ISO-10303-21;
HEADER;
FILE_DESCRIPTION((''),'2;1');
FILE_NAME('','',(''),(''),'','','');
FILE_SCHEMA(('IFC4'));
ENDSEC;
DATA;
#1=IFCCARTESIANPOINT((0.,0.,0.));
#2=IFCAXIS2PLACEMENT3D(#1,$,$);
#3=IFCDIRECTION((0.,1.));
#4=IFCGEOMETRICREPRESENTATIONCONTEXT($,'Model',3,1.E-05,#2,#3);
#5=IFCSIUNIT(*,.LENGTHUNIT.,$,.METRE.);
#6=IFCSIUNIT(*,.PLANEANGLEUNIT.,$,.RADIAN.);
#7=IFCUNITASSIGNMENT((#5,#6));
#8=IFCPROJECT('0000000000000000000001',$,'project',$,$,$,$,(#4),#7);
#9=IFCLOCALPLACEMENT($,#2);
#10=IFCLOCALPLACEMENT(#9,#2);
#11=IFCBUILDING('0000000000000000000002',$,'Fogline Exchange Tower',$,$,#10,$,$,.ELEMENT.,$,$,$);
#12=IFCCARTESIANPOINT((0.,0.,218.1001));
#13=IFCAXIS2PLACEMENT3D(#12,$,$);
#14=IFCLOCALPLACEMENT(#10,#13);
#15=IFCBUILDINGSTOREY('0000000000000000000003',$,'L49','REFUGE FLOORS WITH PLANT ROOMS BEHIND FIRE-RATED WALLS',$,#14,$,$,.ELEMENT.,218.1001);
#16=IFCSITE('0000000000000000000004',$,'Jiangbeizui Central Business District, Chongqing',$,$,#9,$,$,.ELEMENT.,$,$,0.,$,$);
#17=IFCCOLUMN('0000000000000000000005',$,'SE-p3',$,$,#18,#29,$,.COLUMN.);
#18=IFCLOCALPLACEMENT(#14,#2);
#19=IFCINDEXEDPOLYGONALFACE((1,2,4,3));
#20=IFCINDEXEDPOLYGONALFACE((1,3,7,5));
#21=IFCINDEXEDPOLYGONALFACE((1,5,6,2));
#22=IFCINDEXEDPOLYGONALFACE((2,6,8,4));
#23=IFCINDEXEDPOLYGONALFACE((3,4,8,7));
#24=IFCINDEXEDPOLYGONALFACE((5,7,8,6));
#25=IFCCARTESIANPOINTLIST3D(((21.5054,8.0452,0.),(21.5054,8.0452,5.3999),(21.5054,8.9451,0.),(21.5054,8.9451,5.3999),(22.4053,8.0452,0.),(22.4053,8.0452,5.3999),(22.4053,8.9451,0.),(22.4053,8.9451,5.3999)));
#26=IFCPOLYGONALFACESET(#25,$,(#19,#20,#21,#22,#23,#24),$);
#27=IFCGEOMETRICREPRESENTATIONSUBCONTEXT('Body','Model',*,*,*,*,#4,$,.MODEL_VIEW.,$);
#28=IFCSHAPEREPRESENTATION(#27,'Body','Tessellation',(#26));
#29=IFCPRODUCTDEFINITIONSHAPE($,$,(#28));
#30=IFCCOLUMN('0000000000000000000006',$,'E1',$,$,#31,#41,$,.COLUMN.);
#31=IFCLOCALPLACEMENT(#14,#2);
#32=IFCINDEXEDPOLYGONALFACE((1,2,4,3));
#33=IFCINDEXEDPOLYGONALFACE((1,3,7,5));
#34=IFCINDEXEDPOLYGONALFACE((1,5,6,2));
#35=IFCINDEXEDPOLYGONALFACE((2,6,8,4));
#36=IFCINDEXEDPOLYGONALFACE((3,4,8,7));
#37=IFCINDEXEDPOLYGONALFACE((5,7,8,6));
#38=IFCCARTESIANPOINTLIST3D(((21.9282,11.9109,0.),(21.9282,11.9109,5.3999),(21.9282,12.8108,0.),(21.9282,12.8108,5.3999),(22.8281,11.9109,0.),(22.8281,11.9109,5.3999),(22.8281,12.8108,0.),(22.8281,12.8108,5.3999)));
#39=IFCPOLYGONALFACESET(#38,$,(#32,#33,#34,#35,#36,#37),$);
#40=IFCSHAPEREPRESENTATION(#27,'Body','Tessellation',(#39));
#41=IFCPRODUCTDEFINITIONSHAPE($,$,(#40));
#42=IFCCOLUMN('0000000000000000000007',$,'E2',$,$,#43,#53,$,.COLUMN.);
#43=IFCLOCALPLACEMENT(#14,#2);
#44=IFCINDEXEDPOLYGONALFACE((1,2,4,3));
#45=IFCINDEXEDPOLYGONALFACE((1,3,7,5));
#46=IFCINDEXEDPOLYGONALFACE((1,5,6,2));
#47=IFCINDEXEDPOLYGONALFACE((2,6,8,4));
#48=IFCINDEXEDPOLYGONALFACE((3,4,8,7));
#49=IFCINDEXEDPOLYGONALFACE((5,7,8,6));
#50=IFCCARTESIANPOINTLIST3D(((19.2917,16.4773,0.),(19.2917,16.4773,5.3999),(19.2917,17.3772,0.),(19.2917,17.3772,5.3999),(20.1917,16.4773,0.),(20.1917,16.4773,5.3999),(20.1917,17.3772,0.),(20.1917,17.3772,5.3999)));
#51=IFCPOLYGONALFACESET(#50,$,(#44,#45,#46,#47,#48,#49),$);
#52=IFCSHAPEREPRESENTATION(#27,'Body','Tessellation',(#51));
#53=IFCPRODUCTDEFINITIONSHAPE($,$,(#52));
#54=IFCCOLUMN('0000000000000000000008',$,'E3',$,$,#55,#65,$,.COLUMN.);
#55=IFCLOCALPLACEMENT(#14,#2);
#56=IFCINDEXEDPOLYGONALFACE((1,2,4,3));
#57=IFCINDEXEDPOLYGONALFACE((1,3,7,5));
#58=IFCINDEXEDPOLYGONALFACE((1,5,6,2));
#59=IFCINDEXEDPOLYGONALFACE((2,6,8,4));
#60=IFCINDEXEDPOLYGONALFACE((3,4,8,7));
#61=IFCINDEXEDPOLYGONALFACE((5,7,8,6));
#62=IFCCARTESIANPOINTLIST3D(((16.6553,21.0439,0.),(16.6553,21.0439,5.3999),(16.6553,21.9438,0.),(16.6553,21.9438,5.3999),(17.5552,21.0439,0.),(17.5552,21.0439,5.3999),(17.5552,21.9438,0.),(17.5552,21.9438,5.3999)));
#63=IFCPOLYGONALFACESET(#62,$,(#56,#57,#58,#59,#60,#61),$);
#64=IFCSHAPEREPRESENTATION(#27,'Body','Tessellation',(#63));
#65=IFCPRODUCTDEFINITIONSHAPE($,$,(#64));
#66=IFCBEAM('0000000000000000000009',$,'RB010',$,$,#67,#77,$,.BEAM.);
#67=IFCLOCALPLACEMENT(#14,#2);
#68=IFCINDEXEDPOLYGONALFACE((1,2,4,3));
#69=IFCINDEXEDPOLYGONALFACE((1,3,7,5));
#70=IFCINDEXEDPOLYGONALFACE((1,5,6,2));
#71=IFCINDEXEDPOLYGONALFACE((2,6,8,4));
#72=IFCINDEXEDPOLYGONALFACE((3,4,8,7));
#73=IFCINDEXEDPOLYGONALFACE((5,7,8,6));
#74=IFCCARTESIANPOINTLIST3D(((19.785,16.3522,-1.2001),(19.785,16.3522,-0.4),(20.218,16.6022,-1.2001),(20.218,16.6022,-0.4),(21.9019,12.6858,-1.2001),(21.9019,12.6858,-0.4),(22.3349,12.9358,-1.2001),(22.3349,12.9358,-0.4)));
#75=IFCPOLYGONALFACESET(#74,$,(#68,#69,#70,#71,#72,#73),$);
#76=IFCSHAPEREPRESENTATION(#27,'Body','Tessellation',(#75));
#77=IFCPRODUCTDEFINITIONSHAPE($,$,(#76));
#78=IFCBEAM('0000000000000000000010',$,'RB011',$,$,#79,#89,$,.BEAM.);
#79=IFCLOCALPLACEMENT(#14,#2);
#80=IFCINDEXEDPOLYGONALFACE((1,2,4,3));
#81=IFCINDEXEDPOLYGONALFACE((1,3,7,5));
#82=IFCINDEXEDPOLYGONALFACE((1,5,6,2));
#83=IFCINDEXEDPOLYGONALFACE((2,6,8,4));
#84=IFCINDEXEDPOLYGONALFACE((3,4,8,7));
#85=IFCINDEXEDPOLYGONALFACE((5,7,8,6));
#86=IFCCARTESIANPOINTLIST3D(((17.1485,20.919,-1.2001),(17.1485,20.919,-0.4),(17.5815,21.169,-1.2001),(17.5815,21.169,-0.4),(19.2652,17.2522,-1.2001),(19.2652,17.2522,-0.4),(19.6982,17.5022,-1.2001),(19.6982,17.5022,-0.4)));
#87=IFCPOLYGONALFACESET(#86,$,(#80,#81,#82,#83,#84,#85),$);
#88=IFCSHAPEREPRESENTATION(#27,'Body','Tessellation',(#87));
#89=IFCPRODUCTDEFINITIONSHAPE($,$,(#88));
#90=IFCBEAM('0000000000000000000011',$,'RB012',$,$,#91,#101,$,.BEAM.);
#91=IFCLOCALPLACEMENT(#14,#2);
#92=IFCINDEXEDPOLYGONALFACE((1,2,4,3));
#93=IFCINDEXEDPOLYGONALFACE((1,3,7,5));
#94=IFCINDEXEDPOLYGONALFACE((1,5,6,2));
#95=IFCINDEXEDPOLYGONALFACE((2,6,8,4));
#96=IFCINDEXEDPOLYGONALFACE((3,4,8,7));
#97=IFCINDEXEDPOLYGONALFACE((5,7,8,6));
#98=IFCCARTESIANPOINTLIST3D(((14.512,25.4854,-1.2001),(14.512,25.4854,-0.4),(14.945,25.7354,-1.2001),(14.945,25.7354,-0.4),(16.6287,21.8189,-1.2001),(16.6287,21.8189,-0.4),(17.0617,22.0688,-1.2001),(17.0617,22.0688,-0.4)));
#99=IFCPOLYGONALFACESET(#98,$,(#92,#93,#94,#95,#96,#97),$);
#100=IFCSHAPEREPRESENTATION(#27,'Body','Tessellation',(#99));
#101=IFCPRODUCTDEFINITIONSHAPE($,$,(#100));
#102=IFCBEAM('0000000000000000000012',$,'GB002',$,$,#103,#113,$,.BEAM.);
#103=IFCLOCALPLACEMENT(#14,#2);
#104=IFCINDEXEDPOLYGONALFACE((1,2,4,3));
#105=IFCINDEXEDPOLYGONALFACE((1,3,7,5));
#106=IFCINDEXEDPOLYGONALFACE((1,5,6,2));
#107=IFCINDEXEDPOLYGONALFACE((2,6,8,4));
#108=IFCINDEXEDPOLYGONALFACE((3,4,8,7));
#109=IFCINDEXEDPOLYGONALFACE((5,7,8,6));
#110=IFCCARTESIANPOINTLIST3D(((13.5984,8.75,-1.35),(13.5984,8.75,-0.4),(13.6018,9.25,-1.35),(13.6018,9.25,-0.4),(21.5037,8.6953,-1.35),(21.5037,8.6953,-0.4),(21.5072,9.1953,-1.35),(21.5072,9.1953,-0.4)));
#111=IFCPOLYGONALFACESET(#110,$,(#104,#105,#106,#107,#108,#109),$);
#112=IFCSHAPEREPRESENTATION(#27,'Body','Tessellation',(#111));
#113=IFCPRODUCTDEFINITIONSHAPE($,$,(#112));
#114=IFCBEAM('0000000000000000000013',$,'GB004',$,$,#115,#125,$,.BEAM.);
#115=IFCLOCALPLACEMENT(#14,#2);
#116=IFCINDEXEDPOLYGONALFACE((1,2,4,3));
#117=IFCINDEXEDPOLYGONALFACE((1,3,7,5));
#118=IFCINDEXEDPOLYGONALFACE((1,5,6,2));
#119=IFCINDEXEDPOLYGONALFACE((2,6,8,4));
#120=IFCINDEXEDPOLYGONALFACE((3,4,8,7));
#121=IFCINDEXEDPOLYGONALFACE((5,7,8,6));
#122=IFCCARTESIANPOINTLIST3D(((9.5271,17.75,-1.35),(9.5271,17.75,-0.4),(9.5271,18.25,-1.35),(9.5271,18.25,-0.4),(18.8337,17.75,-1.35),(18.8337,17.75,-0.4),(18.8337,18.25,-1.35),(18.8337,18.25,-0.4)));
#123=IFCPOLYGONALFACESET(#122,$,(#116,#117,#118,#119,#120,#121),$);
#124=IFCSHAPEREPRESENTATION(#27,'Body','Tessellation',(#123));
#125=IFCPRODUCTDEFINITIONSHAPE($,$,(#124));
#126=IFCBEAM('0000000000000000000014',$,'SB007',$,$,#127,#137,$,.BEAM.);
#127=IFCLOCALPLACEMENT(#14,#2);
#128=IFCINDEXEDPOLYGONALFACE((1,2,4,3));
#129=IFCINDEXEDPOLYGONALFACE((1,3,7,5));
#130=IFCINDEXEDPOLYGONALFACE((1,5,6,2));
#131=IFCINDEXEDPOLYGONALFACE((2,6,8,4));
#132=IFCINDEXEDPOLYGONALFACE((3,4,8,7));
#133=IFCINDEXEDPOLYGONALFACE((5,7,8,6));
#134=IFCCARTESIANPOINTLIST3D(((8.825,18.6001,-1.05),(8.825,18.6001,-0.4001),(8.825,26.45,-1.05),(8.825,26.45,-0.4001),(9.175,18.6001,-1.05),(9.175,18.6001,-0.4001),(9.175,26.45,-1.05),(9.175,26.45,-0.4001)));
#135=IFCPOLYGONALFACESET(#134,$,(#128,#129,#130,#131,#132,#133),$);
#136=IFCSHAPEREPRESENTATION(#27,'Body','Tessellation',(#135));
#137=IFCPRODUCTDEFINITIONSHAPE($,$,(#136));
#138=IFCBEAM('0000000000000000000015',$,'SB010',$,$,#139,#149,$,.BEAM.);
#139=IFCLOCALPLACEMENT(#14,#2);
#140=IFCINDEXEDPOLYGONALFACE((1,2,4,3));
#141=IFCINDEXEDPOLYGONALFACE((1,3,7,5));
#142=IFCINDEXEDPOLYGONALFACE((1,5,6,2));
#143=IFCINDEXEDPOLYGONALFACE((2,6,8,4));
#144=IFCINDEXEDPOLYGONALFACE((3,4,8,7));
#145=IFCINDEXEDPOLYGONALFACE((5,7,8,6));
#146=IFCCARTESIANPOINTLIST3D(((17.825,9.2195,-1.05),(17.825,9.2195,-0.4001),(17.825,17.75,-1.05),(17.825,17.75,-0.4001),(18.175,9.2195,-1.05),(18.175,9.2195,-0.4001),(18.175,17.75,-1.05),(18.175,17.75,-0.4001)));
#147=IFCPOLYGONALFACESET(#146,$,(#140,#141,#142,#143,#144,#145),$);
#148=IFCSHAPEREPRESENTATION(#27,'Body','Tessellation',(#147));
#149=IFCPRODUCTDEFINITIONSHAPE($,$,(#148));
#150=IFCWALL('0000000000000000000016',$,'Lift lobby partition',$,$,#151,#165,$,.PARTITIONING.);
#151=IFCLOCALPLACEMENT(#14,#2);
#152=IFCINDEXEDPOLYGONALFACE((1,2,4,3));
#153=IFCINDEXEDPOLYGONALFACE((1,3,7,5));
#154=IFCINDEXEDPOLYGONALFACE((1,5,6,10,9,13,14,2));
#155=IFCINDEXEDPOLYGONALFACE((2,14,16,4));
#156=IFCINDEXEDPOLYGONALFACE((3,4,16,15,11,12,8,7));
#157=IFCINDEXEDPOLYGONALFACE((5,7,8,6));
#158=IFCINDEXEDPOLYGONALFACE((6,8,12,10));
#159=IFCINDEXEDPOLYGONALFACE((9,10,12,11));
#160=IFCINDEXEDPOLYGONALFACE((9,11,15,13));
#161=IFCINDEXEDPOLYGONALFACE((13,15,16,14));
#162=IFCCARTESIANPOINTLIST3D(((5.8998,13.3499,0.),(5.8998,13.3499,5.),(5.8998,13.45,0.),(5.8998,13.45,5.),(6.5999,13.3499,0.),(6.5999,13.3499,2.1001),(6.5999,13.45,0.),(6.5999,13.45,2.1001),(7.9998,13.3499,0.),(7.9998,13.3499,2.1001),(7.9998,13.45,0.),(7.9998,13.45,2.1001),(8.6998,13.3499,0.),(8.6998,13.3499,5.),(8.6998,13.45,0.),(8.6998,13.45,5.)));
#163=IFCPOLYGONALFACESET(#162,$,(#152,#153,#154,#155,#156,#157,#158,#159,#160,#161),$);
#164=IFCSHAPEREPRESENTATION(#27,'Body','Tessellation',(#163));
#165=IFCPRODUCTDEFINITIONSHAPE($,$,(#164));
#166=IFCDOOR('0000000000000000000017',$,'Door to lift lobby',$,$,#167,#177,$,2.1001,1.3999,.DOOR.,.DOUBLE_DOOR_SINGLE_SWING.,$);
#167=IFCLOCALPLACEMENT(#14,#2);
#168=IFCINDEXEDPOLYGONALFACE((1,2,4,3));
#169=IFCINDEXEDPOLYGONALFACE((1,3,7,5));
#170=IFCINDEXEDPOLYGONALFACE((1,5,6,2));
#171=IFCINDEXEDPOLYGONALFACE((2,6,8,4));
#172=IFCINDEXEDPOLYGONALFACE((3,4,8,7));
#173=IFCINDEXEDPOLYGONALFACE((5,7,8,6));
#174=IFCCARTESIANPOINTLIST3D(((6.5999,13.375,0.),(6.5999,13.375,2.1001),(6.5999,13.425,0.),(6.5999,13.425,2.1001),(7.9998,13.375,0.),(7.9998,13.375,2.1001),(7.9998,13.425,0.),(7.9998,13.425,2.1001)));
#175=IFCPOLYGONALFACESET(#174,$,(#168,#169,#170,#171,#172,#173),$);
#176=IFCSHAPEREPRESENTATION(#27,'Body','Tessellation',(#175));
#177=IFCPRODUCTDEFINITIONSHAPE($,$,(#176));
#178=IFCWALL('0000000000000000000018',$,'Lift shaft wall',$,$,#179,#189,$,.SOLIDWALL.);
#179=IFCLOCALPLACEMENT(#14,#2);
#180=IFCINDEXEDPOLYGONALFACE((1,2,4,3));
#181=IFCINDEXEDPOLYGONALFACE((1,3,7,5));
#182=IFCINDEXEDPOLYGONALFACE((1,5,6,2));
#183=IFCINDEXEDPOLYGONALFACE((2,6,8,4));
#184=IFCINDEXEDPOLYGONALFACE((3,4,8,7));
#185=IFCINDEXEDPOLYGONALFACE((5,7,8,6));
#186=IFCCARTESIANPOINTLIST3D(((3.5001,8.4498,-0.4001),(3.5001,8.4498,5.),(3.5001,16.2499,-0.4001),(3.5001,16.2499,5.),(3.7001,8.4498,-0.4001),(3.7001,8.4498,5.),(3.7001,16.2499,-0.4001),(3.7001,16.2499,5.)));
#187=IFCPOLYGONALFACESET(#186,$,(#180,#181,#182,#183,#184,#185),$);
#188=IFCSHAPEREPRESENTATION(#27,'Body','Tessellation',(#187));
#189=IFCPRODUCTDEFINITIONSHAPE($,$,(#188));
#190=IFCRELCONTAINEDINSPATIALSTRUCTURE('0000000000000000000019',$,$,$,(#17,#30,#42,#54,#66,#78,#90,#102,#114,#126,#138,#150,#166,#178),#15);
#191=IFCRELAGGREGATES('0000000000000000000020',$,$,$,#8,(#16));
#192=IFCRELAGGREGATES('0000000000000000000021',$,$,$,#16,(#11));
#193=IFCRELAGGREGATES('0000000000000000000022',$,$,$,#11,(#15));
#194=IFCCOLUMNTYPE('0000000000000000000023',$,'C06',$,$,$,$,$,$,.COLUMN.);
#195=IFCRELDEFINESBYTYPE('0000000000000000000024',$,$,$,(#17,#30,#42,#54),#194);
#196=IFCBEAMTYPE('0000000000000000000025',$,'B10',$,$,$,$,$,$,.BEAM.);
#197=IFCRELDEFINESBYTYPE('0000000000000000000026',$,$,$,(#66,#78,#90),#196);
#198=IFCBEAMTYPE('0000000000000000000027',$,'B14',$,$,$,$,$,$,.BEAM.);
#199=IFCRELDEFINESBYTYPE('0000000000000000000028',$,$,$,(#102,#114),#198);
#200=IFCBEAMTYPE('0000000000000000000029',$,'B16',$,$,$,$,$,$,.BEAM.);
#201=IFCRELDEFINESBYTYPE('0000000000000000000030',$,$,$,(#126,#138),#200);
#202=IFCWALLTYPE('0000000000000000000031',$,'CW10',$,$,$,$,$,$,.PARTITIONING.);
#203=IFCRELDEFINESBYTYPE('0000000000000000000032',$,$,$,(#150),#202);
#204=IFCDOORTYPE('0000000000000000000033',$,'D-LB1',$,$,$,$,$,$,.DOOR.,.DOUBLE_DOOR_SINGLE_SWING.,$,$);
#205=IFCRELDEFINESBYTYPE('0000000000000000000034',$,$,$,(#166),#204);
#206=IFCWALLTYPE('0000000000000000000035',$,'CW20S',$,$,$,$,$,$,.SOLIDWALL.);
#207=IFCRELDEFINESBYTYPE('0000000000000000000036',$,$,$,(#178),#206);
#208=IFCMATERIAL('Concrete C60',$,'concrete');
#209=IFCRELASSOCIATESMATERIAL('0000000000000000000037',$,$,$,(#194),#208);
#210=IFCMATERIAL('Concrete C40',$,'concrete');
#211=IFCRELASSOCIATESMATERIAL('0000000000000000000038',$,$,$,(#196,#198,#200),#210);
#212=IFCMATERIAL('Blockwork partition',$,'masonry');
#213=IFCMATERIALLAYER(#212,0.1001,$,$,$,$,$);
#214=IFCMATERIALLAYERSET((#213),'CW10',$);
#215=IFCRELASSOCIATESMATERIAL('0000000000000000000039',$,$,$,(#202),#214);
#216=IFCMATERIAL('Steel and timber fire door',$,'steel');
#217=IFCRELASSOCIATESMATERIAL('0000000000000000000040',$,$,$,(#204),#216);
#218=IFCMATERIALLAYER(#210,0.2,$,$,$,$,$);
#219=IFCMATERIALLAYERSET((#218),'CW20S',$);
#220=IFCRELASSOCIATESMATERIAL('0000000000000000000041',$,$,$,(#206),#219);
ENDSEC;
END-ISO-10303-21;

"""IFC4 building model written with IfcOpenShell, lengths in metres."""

from ifc_helpers import new_model, si_unit, direction, frame, frame_2d, origin, origin_2d, place, context, subcontext, project, spatial, rectangle, extrude, material, layer, layer_set, material_profile, profile_set, type_object, element, fill, save


model = new_model("IFC4")

# Units and contexts
model_context = context("Model", 3, precision=1e-05, world=origin(), true_north=direction((0.0, 1.0)))
body_context = subcontext(model_context, "Body", "Model", "MODEL_VIEW")
ifc_project = project(units=[si_unit("LENGTHUNIT", "METRE"), si_unit("PLANEANGLEUNIT", "RADIAN")], contexts=[model_context])

# Site, building, storey
site_placement = place(None, origin())
site = spatial("IfcSite", under=ifc_project, at=site_placement, Name="Jiangbeizui Central Business District, Chongqing", CompositionType="ELEMENT", RefElevation=0.0)
building_placement = place(site_placement, origin())
building = spatial("IfcBuilding", under=site, at=building_placement, Name="Fogline Exchange Tower", CompositionType="ELEMENT")
storey_placement = place(building_placement, frame((0.0, 0.0, 218.1001)))
storey = spatial("IfcBuildingStorey", under=building, at=storey_placement, Name="L49", Description="REFUGE FLOORS WITH PLANT ROOMS BEHIND FIRE-RATED WALLS", CompositionType="ELEMENT", Elevation=218.1001)

# Columns
ifc_material_1 = material(Name="Concrete C60", Category="concrete")
ifc_material_profile_1 = material_profile(ifc_material_1, rectangle(XDim=0.8999, YDim=0.8999, at=origin_2d()), Name="RC 900x900")
ifc_profile_set_1 = profile_set([ifc_material_profile_1], Name="Concrete C60")
column_type = type_object("IfcColumnType", Name="C06", PredefinedType="COLUMN", material=ifc_profile_set_1)
for number, where, z_axis, x_axis, name in (
    (1, (21.9553, 8.4951, 0.0), (0.0, 0.0, 1.0), (1.0, 0.0, 0.0), "SE-p3"),
    (2, (22.3782, 12.3608, 0.0), (0.0, 0.0, 1.0), (1.0, 0.0, 0.0), "E1"),
    (3, (19.7417, 16.9272, 0.0), (0.0, 0.0, 1.0), (1.0, 0.0, 0.0), "E2"),
    (4, (17.1052, 21.4939, 0.0), (0.0, 0.0, 1.0), (1.0, 0.0, 0.0), "E3"),
):
    element("IfcColumn", number, at=place(storey_placement, frame(where, z_axis=z_axis, x_axis=x_axis)), inside=storey, type_object=column_type, Name=name, PredefinedType="COLUMN", context=body_context, shape_type="SweptSolid", body=[
        extrude(rectangle(XDim=0.8999, YDim=0.8999, at=origin_2d()), origin(), (0.0, 0.0, 1.0), 5.3999),
    ])

# Beams
ifc_material_2 = material(Name="Concrete C40", Category="concrete")
ifc_material_profile_2 = material_profile(ifc_material_2, rectangle(XDim=0.5, YDim=0.8, at=origin_2d()), Name="RC 500x800")
ifc_profile_set_2 = profile_set([ifc_material_profile_2], Name="Concrete C40")
beam_type_1 = type_object("IfcBeamType", Name="B10", PredefinedType="BEAM", material=ifc_profile_set_2)
beam_1_placement = place(storey_placement, frame((22.1184, 12.8108, -0.8), z_axis=(-0.500015, 0.866017, 0.0), x_axis=(-0.866017, -0.500015, 0.0)))
element("IfcBeam", 5, at=beam_1_placement, inside=storey, type_object=beam_type_1, Name="RB010", PredefinedType="BEAM", context=body_context, shape_type="SweptSolid", body=[
    extrude(rectangle(XDim=0.5, YDim=0.8, at=origin_2d()), origin(), (0.0, 0.0, 1.0), 4.2336),
])
beam_2_placement = place(storey_placement, frame((19.4817, 17.3772, -0.8), z_axis=(-0.499947, 0.866056, 0.0), x_axis=(-0.866056, -0.499947, 0.0)))
element("IfcBeam", 6, at=beam_2_placement, inside=storey, type_object=beam_type_1, Name="RB011", PredefinedType="BEAM", context=body_context, shape_type="SweptSolid", body=[
    extrude(rectangle(XDim=0.5, YDim=0.8, at=origin_2d()), origin(), (0.0, 0.0, 1.0), 4.2339),
])
beam_3_placement = place(storey_placement, frame((16.8452, 21.9438, -0.8), z_axis=(-0.499972, 0.866042, 0.0), x_axis=(-0.866042, -0.499972, 0.0)))
element("IfcBeam", 7, at=beam_3_placement, inside=storey, type_object=beam_type_1, Name="RB012", PredefinedType="BEAM", context=body_context, shape_type="SweptSolid", body=[
    extrude(rectangle(XDim=0.5, YDim=0.8, at=origin_2d()), origin(), (0.0, 0.0, 1.0), 4.2336),
])
ifc_material_profile_3 = material_profile(ifc_material_2, rectangle(XDim=0.5, YDim=0.95, at=origin_2d()), Name="RC 500x950")
ifc_profile_set_3 = profile_set([ifc_material_profile_3], Name="Concrete C40")
beam_type_2 = type_object("IfcBeamType", Name="B14", PredefinedType="BEAM", material=ifc_profile_set_3)
beam_4_placement = place(storey_placement, frame((13.6001, 9.0, -0.875), z_axis=(0.999976, -0.006918, 0.0), x_axis=(0.006918, 0.999976, 0.0)))
element("IfcBeam", 8, at=beam_4_placement, inside=storey, type_object=beam_type_2, Name="GB002", PredefinedType="BEAM", context=body_context, shape_type="SweptSolid", body=[
    extrude(rectangle(XDim=0.5, YDim=0.95, at=origin_2d()), origin(), (0.0, 0.0, 1.0), 7.9055),
])
beam_5_placement = place(storey_placement, frame((9.5271, 18.0, -0.875), z_axis=(1.0, 0.0, 0.0), x_axis=(0.0, 1.0, 0.0)))
element("IfcBeam", 9, at=beam_5_placement, inside=storey, type_object=beam_type_2, Name="GB004", PredefinedType="BEAM", context=body_context, shape_type="SweptSolid", body=[
    extrude(rectangle(XDim=0.5, YDim=0.95, at=origin_2d()), origin(), (0.0, 0.0, 1.0), 9.3066),
])
ifc_material_profile_4 = material_profile(ifc_material_2, rectangle(XDim=0.3501, YDim=0.6499, at=origin_2d()), Name="RC 350x650")
ifc_profile_set_4 = profile_set([ifc_material_profile_4], Name="Concrete C40")
beam_type_3 = type_object("IfcBeamType", Name="B16", PredefinedType="BEAM", material=ifc_profile_set_4)
beam_6_placement = place(storey_placement, frame((9.0, 18.6001, -0.7251), z_axis=(0.0, 1.0, 0.0), x_axis=(-1.0, 0.0, 0.0)))
element("IfcBeam", 10, at=beam_6_placement, inside=storey, type_object=beam_type_3, Name="SB007", PredefinedType="BEAM", context=body_context, shape_type="SweptSolid", body=[
    extrude(rectangle(XDim=0.3501, YDim=0.6499, at=origin_2d()), origin(), (0.0, 0.0, 1.0), 7.8499),
])
beam_7_placement = place(storey_placement, frame((18.0, 9.2195, -0.7251), z_axis=(0.0, 1.0, 0.0), x_axis=(-1.0, 0.0, 0.0)))
element("IfcBeam", 11, at=beam_7_placement, inside=storey, type_object=beam_type_3, Name="SB010", PredefinedType="BEAM", context=body_context, shape_type="SweptSolid", body=[
    extrude(rectangle(XDim=0.3501, YDim=0.6499, at=origin_2d()), origin(), (0.0, 0.0, 1.0), 8.5305),
])

# Wall, opening, door
ifc_material_3 = material(Name="Blockwork partition", Category="masonry")
ifc_layer_1 = layer(ifc_material_3, 0.1001)
ifc_layer_set_1 = layer_set([ifc_layer_1], Name="CW10")
wall_type_1 = type_object("IfcWallType", Name="CW10", PredefinedType="PARTITIONING", material=ifc_layer_set_1)
wall_1_placement = place(storey_placement, frame((5.8999, 13.3999, 0.0), z_axis=(0.0, 0.0, 1.0), x_axis=(1.0, 0.0, 0.0)))
wall_1 = element("IfcWall", 12, at=wall_1_placement, inside=storey, type_object=wall_type_1, Name="Lift lobby partition", PredefinedType="PARTITIONING", context=body_context, shape_type="SweptSolid", body=[
    extrude(rectangle(XDim=2.8, YDim=0.1001, at=frame_2d((1.3999, 0.0))), origin(), (0.0, 0.0, 1.0), 5.0),
])
opening_1_placement = place(wall_1_placement, frame((0.7, 0.0, 0.0)))
opening_1 = element("IfcOpeningElement", 13, at=opening_1_placement, cuts=wall_1, PredefinedType="OPENING", context=body_context, shape_type="SweptSolid", body=[
    extrude(rectangle(XDim=1.3999, YDim=2.1001, at=frame_2d((0.7, 1.05))), frame((0.0, 0.0601, 0.0), z_axis=(0.0, -1.0, 0.0), x_axis=(1.0, 0.0, 0.0)), (0.0, 0.0, 1.0), 0.1201),
])
ifc_material_4 = material(Name="Steel and timber fire door", Category="steel")
door_type_1 = type_object("IfcDoorType", Name="D-LB1", OperationType="DOUBLE_DOOR_SINGLE_SWING", PredefinedType="DOOR", material=ifc_material_4)
door_1_placement = place(opening_1_placement, frame((1.3999, 0.0, 0.0), z_axis=(0.0, 0.0, 1.0), x_axis=(-1.0, 0.0, 0.0)))
door_1 = element("IfcDoor", 14, at=door_1_placement, inside=storey, type_object=door_type_1, Name="Door to lift lobby", OperationType="DOUBLE_DOOR_SINGLE_SWING", OverallHeight=2.1001, OverallWidth=1.3999, PredefinedType="DOOR", context=body_context, shape_type="SweptSolid", body=[
    extrude(rectangle(XDim=1.3999, YDim=2.1001, at=frame_2d((0.7, 1.05))), frame((0.0, 0.0249, 0.0), z_axis=(0.0, -1.0, 0.0), x_axis=(1.0, 0.0, 0.0)), (0.0, 0.0, 1.0), 0.05),
])
fill(opening_1, door_1)

# Wall
ifc_layer_2 = layer(ifc_material_2, 0.2)
ifc_layer_set_2 = layer_set([ifc_layer_2], Name="CW20S")
wall_type_2 = type_object("IfcWallType", Name="CW20S", PredefinedType="SOLIDWALL", material=ifc_layer_set_2)
wall_2_placement = place(storey_placement, frame((3.6001, 8.45, -0.4001), z_axis=(0.0, 0.0, 1.0), x_axis=(0.0, 1.0, 0.0)))
element("IfcWall", 15, at=wall_2_placement, inside=storey, type_object=wall_type_2, Name="Lift shaft wall", PredefinedType="SOLIDWALL", context=body_context, shape_type="SweptSolid", body=[
    extrude(rectangle(XDim=7.8, YDim=0.2, at=frame_2d((3.8999, 0.0))), origin(), (0.0, 0.0, 1.0), 5.4001),
])

save(model, "model.ifc")
